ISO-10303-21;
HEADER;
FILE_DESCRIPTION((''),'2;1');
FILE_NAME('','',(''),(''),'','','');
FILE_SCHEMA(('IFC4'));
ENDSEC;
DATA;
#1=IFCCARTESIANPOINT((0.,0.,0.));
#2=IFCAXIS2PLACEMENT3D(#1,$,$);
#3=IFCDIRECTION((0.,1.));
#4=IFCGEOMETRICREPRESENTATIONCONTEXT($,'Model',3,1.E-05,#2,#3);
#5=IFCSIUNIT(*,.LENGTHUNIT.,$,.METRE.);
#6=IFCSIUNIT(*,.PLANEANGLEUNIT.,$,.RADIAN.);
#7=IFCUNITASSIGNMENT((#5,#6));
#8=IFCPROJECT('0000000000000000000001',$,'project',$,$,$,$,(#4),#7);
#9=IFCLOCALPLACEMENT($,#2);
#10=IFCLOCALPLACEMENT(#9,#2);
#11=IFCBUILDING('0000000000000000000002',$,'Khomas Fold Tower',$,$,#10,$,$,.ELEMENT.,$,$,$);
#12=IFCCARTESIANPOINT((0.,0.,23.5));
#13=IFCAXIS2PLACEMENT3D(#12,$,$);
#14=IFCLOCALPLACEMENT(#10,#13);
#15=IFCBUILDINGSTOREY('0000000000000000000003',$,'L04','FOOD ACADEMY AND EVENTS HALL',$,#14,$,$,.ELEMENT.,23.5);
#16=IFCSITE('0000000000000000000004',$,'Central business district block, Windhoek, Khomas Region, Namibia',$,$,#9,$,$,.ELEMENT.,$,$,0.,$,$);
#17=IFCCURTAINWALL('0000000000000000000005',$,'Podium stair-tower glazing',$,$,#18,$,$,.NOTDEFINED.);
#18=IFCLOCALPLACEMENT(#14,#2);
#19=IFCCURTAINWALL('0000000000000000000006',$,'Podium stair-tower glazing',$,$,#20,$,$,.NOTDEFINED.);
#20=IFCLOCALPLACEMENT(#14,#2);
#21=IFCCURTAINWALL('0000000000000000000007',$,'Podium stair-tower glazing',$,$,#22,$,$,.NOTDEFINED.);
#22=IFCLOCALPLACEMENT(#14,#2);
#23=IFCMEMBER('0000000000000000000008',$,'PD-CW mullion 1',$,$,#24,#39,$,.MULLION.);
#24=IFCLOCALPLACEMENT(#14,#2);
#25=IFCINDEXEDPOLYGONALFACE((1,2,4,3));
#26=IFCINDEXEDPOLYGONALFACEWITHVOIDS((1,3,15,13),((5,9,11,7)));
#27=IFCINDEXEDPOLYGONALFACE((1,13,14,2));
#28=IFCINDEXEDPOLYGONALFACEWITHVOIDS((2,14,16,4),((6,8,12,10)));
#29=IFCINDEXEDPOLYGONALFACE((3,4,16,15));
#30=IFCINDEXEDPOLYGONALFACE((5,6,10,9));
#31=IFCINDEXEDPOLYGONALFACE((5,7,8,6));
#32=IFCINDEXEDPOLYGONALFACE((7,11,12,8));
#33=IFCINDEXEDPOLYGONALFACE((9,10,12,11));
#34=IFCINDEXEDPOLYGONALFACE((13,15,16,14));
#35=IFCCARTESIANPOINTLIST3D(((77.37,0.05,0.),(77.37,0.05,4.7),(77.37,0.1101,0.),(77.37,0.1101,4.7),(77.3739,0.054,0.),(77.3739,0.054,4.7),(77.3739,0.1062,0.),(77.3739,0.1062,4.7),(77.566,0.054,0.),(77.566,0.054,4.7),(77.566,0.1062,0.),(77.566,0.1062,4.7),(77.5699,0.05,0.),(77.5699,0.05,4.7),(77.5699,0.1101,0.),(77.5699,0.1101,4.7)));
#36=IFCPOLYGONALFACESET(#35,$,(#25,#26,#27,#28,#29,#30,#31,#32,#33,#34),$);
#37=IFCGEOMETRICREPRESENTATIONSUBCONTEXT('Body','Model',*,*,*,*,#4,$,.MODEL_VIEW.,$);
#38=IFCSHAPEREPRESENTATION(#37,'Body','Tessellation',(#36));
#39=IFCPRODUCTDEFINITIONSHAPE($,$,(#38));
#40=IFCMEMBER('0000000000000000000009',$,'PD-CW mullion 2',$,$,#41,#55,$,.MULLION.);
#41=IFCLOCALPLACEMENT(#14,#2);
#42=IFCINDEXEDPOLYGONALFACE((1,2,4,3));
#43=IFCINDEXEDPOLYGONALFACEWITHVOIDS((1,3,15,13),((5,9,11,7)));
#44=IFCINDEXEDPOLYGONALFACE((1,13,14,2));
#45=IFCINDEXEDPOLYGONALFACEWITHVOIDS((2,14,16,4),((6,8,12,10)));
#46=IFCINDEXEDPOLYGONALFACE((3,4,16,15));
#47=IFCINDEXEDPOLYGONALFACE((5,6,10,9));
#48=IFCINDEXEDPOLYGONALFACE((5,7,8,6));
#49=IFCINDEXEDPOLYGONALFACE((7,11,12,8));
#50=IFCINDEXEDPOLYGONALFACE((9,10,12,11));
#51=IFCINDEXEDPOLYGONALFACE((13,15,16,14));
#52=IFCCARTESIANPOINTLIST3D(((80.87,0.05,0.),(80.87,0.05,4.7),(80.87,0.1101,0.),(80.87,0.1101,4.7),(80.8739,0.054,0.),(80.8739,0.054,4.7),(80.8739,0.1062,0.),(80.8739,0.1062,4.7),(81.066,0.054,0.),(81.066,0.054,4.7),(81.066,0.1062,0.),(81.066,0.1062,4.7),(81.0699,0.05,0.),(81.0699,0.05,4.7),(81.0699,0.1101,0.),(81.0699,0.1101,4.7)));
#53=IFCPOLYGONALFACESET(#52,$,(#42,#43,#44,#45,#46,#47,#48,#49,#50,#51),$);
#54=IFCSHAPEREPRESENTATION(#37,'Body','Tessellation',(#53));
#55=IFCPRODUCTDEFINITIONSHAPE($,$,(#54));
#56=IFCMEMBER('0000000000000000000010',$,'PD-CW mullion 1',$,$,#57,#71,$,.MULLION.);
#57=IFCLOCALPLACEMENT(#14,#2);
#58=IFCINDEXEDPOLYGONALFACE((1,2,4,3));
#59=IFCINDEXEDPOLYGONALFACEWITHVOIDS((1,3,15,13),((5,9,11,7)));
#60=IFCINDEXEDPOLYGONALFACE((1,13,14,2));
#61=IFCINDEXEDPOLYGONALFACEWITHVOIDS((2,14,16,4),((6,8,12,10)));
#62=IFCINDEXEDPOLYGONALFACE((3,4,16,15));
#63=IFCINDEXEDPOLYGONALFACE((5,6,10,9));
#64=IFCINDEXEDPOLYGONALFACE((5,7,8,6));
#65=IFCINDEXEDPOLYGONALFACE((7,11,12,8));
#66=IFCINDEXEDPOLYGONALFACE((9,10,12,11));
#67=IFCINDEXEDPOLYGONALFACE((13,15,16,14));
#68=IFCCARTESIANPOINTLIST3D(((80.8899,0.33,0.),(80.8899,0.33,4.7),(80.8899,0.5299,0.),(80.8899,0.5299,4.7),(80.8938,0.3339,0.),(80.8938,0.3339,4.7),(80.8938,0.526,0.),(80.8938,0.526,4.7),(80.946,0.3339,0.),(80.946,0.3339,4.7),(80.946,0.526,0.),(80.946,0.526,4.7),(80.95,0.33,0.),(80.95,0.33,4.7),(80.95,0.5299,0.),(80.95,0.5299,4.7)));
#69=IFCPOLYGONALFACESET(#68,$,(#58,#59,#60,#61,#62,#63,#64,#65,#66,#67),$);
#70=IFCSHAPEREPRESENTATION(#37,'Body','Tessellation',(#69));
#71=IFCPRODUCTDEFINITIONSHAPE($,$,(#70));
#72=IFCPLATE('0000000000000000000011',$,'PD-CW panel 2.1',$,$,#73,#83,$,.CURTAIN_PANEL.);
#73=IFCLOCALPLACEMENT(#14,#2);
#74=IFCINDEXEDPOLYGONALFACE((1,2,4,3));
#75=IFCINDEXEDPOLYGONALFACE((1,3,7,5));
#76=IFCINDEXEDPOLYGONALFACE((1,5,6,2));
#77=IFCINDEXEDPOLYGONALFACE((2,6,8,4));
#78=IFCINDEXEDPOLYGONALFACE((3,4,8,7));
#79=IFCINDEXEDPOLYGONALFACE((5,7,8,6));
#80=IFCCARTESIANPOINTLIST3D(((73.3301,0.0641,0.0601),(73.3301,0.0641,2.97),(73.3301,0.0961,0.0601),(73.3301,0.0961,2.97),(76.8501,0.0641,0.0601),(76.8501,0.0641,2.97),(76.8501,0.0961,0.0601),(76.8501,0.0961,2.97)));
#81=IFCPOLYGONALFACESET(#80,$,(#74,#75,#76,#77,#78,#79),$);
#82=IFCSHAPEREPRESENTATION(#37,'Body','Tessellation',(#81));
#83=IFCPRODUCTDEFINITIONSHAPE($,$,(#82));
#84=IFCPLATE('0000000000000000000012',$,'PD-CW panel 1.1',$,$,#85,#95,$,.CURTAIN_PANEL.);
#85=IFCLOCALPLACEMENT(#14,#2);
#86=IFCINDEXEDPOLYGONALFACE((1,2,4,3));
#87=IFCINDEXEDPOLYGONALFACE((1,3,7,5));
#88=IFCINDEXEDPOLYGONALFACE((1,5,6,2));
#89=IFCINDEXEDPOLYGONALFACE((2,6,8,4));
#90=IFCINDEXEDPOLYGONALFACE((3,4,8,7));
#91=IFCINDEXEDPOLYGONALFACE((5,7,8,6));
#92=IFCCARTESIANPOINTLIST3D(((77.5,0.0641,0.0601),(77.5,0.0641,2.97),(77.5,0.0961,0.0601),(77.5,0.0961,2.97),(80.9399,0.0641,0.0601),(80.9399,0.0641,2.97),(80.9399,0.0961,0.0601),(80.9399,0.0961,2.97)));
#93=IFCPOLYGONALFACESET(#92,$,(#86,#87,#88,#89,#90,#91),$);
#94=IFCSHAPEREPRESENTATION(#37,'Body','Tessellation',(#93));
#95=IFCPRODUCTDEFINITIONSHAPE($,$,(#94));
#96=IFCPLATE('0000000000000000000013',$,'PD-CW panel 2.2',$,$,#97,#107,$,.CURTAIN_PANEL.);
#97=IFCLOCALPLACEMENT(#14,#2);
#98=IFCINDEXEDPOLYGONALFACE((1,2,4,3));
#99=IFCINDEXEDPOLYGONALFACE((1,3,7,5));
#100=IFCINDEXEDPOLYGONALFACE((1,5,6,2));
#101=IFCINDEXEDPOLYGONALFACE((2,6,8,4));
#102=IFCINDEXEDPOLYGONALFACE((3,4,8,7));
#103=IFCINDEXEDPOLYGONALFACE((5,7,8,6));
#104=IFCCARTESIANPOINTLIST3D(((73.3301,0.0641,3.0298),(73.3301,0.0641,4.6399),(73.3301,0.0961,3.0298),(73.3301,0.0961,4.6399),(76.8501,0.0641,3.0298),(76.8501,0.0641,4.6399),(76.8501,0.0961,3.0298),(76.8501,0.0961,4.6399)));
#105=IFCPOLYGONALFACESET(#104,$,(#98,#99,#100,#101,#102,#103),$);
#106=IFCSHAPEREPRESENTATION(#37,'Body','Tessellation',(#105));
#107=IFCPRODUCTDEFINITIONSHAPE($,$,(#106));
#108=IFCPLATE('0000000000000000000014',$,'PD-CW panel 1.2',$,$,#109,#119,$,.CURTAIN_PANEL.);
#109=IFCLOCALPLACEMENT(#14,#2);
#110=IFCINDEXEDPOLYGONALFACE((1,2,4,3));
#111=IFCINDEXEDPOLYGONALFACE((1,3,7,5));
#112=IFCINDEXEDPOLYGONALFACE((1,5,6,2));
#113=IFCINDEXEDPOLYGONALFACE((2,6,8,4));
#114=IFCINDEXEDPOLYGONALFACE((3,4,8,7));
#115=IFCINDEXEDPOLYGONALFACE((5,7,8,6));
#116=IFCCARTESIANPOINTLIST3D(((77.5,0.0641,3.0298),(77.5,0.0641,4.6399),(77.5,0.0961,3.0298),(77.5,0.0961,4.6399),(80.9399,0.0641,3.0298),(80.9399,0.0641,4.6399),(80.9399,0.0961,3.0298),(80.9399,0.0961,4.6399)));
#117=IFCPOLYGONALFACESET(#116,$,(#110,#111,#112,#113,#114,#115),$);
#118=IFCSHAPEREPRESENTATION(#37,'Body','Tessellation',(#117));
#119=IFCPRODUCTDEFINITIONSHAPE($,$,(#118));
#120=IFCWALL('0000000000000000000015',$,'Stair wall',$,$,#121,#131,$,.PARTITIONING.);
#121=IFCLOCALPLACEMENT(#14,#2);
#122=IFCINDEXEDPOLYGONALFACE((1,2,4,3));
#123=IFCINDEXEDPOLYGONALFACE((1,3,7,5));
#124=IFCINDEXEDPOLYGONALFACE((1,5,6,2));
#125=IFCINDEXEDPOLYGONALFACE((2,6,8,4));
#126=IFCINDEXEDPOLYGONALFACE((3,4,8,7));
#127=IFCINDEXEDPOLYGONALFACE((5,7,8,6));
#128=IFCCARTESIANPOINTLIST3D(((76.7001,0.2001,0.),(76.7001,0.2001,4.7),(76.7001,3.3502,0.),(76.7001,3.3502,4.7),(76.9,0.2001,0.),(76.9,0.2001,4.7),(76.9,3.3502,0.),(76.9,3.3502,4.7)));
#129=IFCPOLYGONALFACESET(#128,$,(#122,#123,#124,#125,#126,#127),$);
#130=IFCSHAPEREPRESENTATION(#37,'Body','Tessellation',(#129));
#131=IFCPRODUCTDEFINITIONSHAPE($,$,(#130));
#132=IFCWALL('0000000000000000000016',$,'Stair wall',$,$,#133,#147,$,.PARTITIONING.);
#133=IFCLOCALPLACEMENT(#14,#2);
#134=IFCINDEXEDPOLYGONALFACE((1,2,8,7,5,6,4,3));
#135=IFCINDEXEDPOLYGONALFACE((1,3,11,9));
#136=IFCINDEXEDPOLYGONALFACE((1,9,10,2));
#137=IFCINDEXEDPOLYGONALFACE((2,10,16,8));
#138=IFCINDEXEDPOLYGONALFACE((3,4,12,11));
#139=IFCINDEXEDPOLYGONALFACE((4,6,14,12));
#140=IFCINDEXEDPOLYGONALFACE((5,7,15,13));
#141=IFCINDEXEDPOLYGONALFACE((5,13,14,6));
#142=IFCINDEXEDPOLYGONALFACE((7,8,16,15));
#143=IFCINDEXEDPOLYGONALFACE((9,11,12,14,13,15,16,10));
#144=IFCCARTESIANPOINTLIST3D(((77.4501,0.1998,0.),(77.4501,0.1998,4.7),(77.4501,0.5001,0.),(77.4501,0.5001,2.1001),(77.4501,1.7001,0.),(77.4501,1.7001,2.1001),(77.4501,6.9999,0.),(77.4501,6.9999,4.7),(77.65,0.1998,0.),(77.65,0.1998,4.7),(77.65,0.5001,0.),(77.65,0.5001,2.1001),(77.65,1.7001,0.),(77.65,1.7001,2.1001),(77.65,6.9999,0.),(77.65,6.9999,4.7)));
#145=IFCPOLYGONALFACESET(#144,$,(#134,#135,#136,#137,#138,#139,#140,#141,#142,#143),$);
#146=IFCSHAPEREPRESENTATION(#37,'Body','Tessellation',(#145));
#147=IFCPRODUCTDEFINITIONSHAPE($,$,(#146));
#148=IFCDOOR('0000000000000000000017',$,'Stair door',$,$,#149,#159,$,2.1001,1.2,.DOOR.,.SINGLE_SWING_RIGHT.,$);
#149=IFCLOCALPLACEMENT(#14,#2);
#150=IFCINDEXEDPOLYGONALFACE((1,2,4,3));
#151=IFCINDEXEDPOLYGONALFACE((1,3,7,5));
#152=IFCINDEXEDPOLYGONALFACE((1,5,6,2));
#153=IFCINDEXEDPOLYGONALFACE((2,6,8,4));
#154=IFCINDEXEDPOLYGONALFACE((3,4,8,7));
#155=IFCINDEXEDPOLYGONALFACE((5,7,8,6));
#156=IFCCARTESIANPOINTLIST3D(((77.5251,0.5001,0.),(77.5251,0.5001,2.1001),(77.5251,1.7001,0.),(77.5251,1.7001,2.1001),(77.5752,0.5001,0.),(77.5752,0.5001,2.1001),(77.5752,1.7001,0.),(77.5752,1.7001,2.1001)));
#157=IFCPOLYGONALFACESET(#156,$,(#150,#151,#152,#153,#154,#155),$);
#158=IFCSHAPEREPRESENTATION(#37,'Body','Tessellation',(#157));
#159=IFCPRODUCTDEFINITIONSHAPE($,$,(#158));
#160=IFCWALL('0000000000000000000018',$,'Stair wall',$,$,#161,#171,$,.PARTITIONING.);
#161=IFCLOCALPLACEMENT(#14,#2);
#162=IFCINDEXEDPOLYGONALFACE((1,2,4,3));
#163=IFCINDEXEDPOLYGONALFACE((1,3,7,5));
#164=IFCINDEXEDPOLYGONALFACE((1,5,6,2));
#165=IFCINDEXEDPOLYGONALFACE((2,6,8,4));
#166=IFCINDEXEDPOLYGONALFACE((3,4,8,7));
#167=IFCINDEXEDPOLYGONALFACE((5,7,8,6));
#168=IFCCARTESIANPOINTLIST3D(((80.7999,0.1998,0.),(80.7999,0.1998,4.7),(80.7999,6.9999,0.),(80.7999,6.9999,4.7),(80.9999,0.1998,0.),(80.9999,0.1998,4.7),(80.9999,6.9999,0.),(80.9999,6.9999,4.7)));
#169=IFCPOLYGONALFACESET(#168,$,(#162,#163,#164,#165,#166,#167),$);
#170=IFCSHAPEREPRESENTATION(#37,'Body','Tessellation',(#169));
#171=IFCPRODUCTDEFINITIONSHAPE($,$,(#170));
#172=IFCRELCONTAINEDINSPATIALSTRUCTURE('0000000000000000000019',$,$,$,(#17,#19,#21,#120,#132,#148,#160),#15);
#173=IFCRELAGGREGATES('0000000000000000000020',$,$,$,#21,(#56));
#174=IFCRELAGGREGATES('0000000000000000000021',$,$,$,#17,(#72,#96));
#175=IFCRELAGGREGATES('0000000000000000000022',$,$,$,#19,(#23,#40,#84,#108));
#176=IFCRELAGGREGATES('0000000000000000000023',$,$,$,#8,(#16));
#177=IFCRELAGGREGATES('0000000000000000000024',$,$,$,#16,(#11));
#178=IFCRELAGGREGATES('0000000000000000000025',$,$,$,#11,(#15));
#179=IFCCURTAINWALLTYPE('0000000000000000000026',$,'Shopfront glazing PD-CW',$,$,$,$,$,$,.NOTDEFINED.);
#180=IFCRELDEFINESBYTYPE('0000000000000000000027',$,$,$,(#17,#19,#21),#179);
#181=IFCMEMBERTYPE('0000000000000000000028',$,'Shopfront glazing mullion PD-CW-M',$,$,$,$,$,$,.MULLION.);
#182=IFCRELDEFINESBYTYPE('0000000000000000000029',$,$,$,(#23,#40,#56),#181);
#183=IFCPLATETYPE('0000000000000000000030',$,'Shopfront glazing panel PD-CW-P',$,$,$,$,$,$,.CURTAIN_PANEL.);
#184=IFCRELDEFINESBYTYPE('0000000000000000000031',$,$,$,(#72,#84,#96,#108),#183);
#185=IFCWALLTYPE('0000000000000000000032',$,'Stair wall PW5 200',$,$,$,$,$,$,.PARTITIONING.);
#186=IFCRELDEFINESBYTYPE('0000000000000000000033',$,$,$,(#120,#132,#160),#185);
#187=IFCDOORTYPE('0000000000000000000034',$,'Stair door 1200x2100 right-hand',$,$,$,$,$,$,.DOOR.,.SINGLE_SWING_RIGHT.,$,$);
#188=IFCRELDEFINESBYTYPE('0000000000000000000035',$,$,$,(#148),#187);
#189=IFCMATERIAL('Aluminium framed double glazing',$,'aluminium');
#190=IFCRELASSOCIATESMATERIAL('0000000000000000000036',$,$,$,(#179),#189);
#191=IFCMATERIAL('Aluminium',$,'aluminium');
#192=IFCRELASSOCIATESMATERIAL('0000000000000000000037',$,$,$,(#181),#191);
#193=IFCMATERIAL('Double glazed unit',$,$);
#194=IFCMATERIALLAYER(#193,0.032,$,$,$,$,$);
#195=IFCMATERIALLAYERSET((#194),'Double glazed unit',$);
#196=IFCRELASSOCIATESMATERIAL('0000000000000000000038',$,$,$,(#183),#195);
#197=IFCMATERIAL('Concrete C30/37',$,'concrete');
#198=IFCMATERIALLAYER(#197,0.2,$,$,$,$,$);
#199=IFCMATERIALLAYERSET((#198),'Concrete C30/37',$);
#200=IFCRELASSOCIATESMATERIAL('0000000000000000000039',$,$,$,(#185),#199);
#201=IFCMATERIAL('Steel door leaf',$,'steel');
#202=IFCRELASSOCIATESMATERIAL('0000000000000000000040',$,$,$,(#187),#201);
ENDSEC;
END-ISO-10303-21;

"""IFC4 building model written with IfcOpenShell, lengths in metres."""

from ifc_helpers import new_model, si_unit, direction, frame, frame_2d, origin, origin_2d, place, context, subcontext, project, spatial, rectangle, hollow_rectangle, extrude, source, transform, mapped, material, layer, layer_set, material_profile, profile_set, type_object, element, fill, aggregate, save


model = new_model("IFC4")

# Units and contexts
model_context = context("Model", 3, precision=1e-05, world=origin(), true_north=direction((0.0, 1.0)))
body_context = subcontext(model_context, "Body", "Model", "MODEL_VIEW")
ifc_project = project(units=[si_unit("LENGTHUNIT", "METRE"), si_unit("PLANEANGLEUNIT", "RADIAN")], contexts=[model_context])

# Site, building, storey
site_placement = place(None, origin())
site = spatial("IfcSite", under=ifc_project, at=site_placement, Name="Central business district block, Windhoek, Khomas Region, Namibia", CompositionType="ELEMENT", RefElevation=0.0)
building_placement = place(site_placement, origin())
building = spatial("IfcBuilding", under=site, at=building_placement, Name="Khomas Fold Tower", CompositionType="ELEMENT")
storey_placement = place(building_placement, frame((0.0, 0.0, 23.5)))
storey = spatial("IfcBuildingStorey", under=building, at=storey_placement, Name="L04", Description="FOOD ACADEMY AND EVENTS HALL", CompositionType="ELEMENT", Elevation=23.5)

# Curtain walls
ifc_material_1 = material(Name="Aluminium framed double glazing", Category="aluminium")
curtain_wall_type = type_object("IfcCurtainWallType", Name="Shopfront glazing PD-CW", PredefinedType="NOTDEFINED", material=ifc_material_1)
curtain_wall_1_placement = place(storey_placement, origin())
curtain_wall_1 = element("IfcCurtainWall", 1, at=curtain_wall_1_placement, inside=storey, type_object=curtain_wall_type, Name="Podium stair-tower glazing", PredefinedType="NOTDEFINED")
curtain_wall_2_placement = place(storey_placement, origin())
curtain_wall_2 = element("IfcCurtainWall", 2, at=curtain_wall_2_placement, inside=storey, type_object=curtain_wall_type, Name="Podium stair-tower glazing", PredefinedType="NOTDEFINED")
curtain_wall_3_placement = place(storey_placement, origin())
curtain_wall_3 = element("IfcCurtainWall", 3, at=curtain_wall_3_placement, inside=storey, type_object=curtain_wall_type, Name="Podium stair-tower glazing", PredefinedType="NOTDEFINED")

# Members
ifc_material_2 = material(Name="Aluminium", Category="aluminium")
ifc_material_profile_1 = material_profile(ifc_material_2, hollow_rectangle(XDim=0.0601, YDim=0.2, WallThickness=0.0039, at=origin_2d()), Name="Shopfront glazing mullion PD-CW-M")
ifc_profile_set_1 = profile_set([ifc_material_profile_1], Name="Aluminium")
member_type_1 = type_object("IfcMemberType", Name="Shopfront glazing mullion PD-CW-M", PredefinedType="MULLION", material=ifc_profile_set_1)
shared_shape_1 = source(origin(), body_context, "Body", "SweptSolid", [
    extrude(hollow_rectangle(XDim=0.0601, YDim=0.2, WallThickness=0.0039, at=origin_2d()), origin(), (0.0, 0.0, 1.0), 4.7),
])
member_1_placement = place(storey_placement, frame((77.47, 0.0801, 0.0), z_axis=(0.0, 0.0, 1.0), x_axis=(0.0, 1.0, 0.0)))
member_1 = element("IfcMember", 4, at=member_1_placement, type_object=member_type_1, Name="PD-CW mullion 1", PredefinedType="MULLION", context=body_context, shape_type="MappedRepresentation", body=[
    mapped(shared_shape_1, transform((0.0, 0.0, 0.0))),
])
member_2_placement = place(storey_placement, frame((80.97, 0.0801, 0.0), z_axis=(0.0, 0.0, 1.0), x_axis=(0.0, 1.0, 0.0)))
member_2 = element("IfcMember", 5, at=member_2_placement, type_object=member_type_1, Name="PD-CW mullion 2", PredefinedType="MULLION", context=body_context, shape_type="MappedRepresentation", body=[
    mapped(shared_shape_1, transform((0.0, 0.0, 0.0))),
])
member_3_placement = place(storey_placement, frame((80.9199, 0.4299, 0.0), z_axis=(0.0, 0.0, 1.0), x_axis=(-1.0, 0.0, 0.0)))
member_3 = element("IfcMember", 6, at=member_3_placement, type_object=member_type_1, Name="PD-CW mullion 1", PredefinedType="MULLION", context=body_context, shape_type="MappedRepresentation", body=[
    mapped(shared_shape_1, transform((0.0, 0.0, 0.0))),
])
aggregate(curtain_wall_3, [member_3])

# Plates
ifc_material_3 = material(Name="Double glazed unit")
ifc_layer_1 = layer(ifc_material_3, 0.032)
ifc_layer_set_1 = layer_set([ifc_layer_1], Name="Double glazed unit")
plate_type = type_object("IfcPlateType", Name="Shopfront glazing panel PD-CW-P", PredefinedType="CURTAIN_PANEL", material=ifc_layer_set_1)
shared_shape_2 = source(origin(), body_context, "Body", "SweptSolid", [
    extrude(rectangle(XDim=3.52, YDim=0.032, at=origin_2d()), origin(), (0.0, 0.0, 1.0), 2.9099),
])
plate_1_placement = place(storey_placement, frame((75.0901, 0.0801, 0.0601), z_axis=(0.0, 0.0, 1.0), x_axis=(1.0, 0.0, 0.0)))
plate_1 = element("IfcPlate", 7, at=plate_1_placement, type_object=plate_type, Name="PD-CW panel 2.1", PredefinedType="CURTAIN_PANEL", context=body_context, shape_type="MappedRepresentation", body=[
    mapped(shared_shape_2, transform((0.0, 0.0, 0.0))),
])
shared_shape_3 = source(origin(), body_context, "Body", "SweptSolid", [
    extrude(rectangle(XDim=3.4399, YDim=0.032, at=origin_2d()), origin(), (0.0, 0.0, 1.0), 2.9099),
])
plate_2_placement = place(storey_placement, frame((79.22, 0.0801, 0.0601), z_axis=(0.0, 0.0, 1.0), x_axis=(1.0, 0.0, 0.0)))
plate_2 = element("IfcPlate", 8, at=plate_2_placement, type_object=plate_type, Name="PD-CW panel 1.1", PredefinedType="CURTAIN_PANEL", context=body_context, shape_type="MappedRepresentation", body=[
    mapped(shared_shape_3, transform((0.0, 0.0, 0.0))),
])
shared_shape_4 = source(origin(), body_context, "Body", "SweptSolid", [
    extrude(rectangle(XDim=3.52, YDim=0.032, at=origin_2d()), origin(), (0.0, 0.0, 1.0), 1.6101),
])
plate_3_placement = place(storey_placement, frame((75.0901, 0.0801, 3.0298), z_axis=(0.0, 0.0, 1.0), x_axis=(1.0, 0.0, 0.0)))
plate_3 = element("IfcPlate", 9, at=plate_3_placement, type_object=plate_type, Name="PD-CW panel 2.2", PredefinedType="CURTAIN_PANEL", context=body_context, shape_type="MappedRepresentation", body=[
    mapped(shared_shape_4, transform((0.0, 0.0, 0.0))),
])
aggregate(curtain_wall_1, [plate_1, plate_3])
shared_shape_5 = source(origin(), body_context, "Body", "SweptSolid", [
    extrude(rectangle(XDim=3.4399, YDim=0.032, at=origin_2d()), origin(), (0.0, 0.0, 1.0), 1.6101),
])
plate_4_placement = place(storey_placement, frame((79.22, 0.0801, 3.0298), z_axis=(0.0, 0.0, 1.0), x_axis=(1.0, 0.0, 0.0)))
plate_4 = element("IfcPlate", 10, at=plate_4_placement, type_object=plate_type, Name="PD-CW panel 1.2", PredefinedType="CURTAIN_PANEL", context=body_context, shape_type="MappedRepresentation", body=[
    mapped(shared_shape_5, transform((0.0, 0.0, 0.0))),
])
aggregate(curtain_wall_2, [member_1, member_2, plate_2, plate_4])

# Wall
ifc_material_4 = material(Name="Concrete C30/37", Category="concrete")
ifc_layer_2 = layer(ifc_material_4, 0.2)
ifc_layer_set_2 = layer_set([ifc_layer_2], Name="Concrete C30/37")
wall_type = type_object("IfcWallType", Name="Stair wall PW5 200", PredefinedType="PARTITIONING", material=ifc_layer_set_2)
shared_shape_6 = source(origin(), body_context, "Body", "SweptSolid", [
    extrude(rectangle(XDim=3.1501, YDim=0.2, at=frame_2d((1.5752, 0.0))), origin(), (0.0, 0.0, 1.0), 4.7),
])
wall_1_placement = place(storey_placement, frame((76.8, 0.2, 0.0), z_axis=(0.0, 0.0, 1.0), x_axis=(0.0, 1.0, 0.0)))
element("IfcWall", 11, at=wall_1_placement, inside=storey, type_object=wall_type, Name="Stair wall", PredefinedType="PARTITIONING", context=body_context, shape_type="MappedRepresentation", body=[
    mapped(shared_shape_6, transform((0.0, 0.0, 0.0))),
])

# Wall, opening, door
shared_shape_7 = source(origin(), body_context, "Body", "SweptSolid", [
    extrude(rectangle(XDim=6.8, YDim=0.2, at=frame_2d((3.3999, 0.0))), origin(), (0.0, 0.0, 1.0), 4.7),
])
wall_2_placement = place(storey_placement, frame((77.55, 0.2, 0.0), z_axis=(0.0, 0.0, 1.0), x_axis=(0.0, 1.0, 0.0)))
wall_2 = element("IfcWall", 12, at=wall_2_placement, inside=storey, type_object=wall_type, Name="Stair wall", PredefinedType="PARTITIONING", context=body_context, shape_type="MappedRepresentation", body=[
    mapped(shared_shape_7, transform((0.0, 0.0, 0.0))),
])
shared_shape_8 = source(origin(), body_context, "Body", "SweptSolid", [
    extrude(rectangle(XDim=1.2, YDim=2.1001, at=frame_2d((0.6001, 1.05))), frame((0.0, 0.1099, 0.0), z_axis=(0.0, -1.0, 0.0), x_axis=(1.0, 0.0, 0.0)), (0.0, 0.0, 1.0), 0.22),
])
opening_placement = place(wall_2_placement, frame((0.3, 0.0, 0.0)))
opening = element("IfcOpeningElement", 13, at=opening_placement, cuts=wall_2, PredefinedType="OPENING", context=body_context, shape_type="MappedRepresentation", body=[
    mapped(shared_shape_8, transform((0.0, 0.0, 0.0))),
])
ifc_material_5 = material(Name="Steel door leaf", Category="steel")
door_type = type_object("IfcDoorType", Name="Stair door 1200x2100 right-hand", OperationType="SINGLE_SWING_RIGHT", PredefinedType="DOOR", material=ifc_material_5)
shared_shape_9 = source(origin(), body_context, "Body", "SweptSolid", [
    extrude(rectangle(XDim=1.2, YDim=2.1001, at=frame_2d((0.6001, 1.05))), frame((0.0, 0.0249, 0.0), z_axis=(0.0, -1.0, 0.0), x_axis=(1.0, 0.0, 0.0)), (0.0, 0.0, 1.0), 0.05),
])
door_placement = place(opening_placement, origin())
door = element("IfcDoor", 14, at=door_placement, inside=storey, type_object=door_type, Name="Stair door", OperationType="SINGLE_SWING_RIGHT", OverallHeight=2.1001, OverallWidth=1.2, PredefinedType="DOOR", context=body_context, shape_type="MappedRepresentation", body=[
    mapped(shared_shape_9, transform((0.0, 0.0, 0.0))),
])
fill(opening, door)

# Wall
wall_3_placement = place(storey_placement, frame((80.8999, 0.2, 0.0), z_axis=(0.0, 0.0, 1.0), x_axis=(0.0, 1.0, 0.0)))
element("IfcWall", 15, at=wall_3_placement, inside=storey, type_object=wall_type, Name="Stair wall", PredefinedType="PARTITIONING", context=body_context, shape_type="MappedRepresentation", body=[
    mapped(shared_shape_7, transform((0.0, 0.0, 0.0))),
])

save(model, "model.ifc")
